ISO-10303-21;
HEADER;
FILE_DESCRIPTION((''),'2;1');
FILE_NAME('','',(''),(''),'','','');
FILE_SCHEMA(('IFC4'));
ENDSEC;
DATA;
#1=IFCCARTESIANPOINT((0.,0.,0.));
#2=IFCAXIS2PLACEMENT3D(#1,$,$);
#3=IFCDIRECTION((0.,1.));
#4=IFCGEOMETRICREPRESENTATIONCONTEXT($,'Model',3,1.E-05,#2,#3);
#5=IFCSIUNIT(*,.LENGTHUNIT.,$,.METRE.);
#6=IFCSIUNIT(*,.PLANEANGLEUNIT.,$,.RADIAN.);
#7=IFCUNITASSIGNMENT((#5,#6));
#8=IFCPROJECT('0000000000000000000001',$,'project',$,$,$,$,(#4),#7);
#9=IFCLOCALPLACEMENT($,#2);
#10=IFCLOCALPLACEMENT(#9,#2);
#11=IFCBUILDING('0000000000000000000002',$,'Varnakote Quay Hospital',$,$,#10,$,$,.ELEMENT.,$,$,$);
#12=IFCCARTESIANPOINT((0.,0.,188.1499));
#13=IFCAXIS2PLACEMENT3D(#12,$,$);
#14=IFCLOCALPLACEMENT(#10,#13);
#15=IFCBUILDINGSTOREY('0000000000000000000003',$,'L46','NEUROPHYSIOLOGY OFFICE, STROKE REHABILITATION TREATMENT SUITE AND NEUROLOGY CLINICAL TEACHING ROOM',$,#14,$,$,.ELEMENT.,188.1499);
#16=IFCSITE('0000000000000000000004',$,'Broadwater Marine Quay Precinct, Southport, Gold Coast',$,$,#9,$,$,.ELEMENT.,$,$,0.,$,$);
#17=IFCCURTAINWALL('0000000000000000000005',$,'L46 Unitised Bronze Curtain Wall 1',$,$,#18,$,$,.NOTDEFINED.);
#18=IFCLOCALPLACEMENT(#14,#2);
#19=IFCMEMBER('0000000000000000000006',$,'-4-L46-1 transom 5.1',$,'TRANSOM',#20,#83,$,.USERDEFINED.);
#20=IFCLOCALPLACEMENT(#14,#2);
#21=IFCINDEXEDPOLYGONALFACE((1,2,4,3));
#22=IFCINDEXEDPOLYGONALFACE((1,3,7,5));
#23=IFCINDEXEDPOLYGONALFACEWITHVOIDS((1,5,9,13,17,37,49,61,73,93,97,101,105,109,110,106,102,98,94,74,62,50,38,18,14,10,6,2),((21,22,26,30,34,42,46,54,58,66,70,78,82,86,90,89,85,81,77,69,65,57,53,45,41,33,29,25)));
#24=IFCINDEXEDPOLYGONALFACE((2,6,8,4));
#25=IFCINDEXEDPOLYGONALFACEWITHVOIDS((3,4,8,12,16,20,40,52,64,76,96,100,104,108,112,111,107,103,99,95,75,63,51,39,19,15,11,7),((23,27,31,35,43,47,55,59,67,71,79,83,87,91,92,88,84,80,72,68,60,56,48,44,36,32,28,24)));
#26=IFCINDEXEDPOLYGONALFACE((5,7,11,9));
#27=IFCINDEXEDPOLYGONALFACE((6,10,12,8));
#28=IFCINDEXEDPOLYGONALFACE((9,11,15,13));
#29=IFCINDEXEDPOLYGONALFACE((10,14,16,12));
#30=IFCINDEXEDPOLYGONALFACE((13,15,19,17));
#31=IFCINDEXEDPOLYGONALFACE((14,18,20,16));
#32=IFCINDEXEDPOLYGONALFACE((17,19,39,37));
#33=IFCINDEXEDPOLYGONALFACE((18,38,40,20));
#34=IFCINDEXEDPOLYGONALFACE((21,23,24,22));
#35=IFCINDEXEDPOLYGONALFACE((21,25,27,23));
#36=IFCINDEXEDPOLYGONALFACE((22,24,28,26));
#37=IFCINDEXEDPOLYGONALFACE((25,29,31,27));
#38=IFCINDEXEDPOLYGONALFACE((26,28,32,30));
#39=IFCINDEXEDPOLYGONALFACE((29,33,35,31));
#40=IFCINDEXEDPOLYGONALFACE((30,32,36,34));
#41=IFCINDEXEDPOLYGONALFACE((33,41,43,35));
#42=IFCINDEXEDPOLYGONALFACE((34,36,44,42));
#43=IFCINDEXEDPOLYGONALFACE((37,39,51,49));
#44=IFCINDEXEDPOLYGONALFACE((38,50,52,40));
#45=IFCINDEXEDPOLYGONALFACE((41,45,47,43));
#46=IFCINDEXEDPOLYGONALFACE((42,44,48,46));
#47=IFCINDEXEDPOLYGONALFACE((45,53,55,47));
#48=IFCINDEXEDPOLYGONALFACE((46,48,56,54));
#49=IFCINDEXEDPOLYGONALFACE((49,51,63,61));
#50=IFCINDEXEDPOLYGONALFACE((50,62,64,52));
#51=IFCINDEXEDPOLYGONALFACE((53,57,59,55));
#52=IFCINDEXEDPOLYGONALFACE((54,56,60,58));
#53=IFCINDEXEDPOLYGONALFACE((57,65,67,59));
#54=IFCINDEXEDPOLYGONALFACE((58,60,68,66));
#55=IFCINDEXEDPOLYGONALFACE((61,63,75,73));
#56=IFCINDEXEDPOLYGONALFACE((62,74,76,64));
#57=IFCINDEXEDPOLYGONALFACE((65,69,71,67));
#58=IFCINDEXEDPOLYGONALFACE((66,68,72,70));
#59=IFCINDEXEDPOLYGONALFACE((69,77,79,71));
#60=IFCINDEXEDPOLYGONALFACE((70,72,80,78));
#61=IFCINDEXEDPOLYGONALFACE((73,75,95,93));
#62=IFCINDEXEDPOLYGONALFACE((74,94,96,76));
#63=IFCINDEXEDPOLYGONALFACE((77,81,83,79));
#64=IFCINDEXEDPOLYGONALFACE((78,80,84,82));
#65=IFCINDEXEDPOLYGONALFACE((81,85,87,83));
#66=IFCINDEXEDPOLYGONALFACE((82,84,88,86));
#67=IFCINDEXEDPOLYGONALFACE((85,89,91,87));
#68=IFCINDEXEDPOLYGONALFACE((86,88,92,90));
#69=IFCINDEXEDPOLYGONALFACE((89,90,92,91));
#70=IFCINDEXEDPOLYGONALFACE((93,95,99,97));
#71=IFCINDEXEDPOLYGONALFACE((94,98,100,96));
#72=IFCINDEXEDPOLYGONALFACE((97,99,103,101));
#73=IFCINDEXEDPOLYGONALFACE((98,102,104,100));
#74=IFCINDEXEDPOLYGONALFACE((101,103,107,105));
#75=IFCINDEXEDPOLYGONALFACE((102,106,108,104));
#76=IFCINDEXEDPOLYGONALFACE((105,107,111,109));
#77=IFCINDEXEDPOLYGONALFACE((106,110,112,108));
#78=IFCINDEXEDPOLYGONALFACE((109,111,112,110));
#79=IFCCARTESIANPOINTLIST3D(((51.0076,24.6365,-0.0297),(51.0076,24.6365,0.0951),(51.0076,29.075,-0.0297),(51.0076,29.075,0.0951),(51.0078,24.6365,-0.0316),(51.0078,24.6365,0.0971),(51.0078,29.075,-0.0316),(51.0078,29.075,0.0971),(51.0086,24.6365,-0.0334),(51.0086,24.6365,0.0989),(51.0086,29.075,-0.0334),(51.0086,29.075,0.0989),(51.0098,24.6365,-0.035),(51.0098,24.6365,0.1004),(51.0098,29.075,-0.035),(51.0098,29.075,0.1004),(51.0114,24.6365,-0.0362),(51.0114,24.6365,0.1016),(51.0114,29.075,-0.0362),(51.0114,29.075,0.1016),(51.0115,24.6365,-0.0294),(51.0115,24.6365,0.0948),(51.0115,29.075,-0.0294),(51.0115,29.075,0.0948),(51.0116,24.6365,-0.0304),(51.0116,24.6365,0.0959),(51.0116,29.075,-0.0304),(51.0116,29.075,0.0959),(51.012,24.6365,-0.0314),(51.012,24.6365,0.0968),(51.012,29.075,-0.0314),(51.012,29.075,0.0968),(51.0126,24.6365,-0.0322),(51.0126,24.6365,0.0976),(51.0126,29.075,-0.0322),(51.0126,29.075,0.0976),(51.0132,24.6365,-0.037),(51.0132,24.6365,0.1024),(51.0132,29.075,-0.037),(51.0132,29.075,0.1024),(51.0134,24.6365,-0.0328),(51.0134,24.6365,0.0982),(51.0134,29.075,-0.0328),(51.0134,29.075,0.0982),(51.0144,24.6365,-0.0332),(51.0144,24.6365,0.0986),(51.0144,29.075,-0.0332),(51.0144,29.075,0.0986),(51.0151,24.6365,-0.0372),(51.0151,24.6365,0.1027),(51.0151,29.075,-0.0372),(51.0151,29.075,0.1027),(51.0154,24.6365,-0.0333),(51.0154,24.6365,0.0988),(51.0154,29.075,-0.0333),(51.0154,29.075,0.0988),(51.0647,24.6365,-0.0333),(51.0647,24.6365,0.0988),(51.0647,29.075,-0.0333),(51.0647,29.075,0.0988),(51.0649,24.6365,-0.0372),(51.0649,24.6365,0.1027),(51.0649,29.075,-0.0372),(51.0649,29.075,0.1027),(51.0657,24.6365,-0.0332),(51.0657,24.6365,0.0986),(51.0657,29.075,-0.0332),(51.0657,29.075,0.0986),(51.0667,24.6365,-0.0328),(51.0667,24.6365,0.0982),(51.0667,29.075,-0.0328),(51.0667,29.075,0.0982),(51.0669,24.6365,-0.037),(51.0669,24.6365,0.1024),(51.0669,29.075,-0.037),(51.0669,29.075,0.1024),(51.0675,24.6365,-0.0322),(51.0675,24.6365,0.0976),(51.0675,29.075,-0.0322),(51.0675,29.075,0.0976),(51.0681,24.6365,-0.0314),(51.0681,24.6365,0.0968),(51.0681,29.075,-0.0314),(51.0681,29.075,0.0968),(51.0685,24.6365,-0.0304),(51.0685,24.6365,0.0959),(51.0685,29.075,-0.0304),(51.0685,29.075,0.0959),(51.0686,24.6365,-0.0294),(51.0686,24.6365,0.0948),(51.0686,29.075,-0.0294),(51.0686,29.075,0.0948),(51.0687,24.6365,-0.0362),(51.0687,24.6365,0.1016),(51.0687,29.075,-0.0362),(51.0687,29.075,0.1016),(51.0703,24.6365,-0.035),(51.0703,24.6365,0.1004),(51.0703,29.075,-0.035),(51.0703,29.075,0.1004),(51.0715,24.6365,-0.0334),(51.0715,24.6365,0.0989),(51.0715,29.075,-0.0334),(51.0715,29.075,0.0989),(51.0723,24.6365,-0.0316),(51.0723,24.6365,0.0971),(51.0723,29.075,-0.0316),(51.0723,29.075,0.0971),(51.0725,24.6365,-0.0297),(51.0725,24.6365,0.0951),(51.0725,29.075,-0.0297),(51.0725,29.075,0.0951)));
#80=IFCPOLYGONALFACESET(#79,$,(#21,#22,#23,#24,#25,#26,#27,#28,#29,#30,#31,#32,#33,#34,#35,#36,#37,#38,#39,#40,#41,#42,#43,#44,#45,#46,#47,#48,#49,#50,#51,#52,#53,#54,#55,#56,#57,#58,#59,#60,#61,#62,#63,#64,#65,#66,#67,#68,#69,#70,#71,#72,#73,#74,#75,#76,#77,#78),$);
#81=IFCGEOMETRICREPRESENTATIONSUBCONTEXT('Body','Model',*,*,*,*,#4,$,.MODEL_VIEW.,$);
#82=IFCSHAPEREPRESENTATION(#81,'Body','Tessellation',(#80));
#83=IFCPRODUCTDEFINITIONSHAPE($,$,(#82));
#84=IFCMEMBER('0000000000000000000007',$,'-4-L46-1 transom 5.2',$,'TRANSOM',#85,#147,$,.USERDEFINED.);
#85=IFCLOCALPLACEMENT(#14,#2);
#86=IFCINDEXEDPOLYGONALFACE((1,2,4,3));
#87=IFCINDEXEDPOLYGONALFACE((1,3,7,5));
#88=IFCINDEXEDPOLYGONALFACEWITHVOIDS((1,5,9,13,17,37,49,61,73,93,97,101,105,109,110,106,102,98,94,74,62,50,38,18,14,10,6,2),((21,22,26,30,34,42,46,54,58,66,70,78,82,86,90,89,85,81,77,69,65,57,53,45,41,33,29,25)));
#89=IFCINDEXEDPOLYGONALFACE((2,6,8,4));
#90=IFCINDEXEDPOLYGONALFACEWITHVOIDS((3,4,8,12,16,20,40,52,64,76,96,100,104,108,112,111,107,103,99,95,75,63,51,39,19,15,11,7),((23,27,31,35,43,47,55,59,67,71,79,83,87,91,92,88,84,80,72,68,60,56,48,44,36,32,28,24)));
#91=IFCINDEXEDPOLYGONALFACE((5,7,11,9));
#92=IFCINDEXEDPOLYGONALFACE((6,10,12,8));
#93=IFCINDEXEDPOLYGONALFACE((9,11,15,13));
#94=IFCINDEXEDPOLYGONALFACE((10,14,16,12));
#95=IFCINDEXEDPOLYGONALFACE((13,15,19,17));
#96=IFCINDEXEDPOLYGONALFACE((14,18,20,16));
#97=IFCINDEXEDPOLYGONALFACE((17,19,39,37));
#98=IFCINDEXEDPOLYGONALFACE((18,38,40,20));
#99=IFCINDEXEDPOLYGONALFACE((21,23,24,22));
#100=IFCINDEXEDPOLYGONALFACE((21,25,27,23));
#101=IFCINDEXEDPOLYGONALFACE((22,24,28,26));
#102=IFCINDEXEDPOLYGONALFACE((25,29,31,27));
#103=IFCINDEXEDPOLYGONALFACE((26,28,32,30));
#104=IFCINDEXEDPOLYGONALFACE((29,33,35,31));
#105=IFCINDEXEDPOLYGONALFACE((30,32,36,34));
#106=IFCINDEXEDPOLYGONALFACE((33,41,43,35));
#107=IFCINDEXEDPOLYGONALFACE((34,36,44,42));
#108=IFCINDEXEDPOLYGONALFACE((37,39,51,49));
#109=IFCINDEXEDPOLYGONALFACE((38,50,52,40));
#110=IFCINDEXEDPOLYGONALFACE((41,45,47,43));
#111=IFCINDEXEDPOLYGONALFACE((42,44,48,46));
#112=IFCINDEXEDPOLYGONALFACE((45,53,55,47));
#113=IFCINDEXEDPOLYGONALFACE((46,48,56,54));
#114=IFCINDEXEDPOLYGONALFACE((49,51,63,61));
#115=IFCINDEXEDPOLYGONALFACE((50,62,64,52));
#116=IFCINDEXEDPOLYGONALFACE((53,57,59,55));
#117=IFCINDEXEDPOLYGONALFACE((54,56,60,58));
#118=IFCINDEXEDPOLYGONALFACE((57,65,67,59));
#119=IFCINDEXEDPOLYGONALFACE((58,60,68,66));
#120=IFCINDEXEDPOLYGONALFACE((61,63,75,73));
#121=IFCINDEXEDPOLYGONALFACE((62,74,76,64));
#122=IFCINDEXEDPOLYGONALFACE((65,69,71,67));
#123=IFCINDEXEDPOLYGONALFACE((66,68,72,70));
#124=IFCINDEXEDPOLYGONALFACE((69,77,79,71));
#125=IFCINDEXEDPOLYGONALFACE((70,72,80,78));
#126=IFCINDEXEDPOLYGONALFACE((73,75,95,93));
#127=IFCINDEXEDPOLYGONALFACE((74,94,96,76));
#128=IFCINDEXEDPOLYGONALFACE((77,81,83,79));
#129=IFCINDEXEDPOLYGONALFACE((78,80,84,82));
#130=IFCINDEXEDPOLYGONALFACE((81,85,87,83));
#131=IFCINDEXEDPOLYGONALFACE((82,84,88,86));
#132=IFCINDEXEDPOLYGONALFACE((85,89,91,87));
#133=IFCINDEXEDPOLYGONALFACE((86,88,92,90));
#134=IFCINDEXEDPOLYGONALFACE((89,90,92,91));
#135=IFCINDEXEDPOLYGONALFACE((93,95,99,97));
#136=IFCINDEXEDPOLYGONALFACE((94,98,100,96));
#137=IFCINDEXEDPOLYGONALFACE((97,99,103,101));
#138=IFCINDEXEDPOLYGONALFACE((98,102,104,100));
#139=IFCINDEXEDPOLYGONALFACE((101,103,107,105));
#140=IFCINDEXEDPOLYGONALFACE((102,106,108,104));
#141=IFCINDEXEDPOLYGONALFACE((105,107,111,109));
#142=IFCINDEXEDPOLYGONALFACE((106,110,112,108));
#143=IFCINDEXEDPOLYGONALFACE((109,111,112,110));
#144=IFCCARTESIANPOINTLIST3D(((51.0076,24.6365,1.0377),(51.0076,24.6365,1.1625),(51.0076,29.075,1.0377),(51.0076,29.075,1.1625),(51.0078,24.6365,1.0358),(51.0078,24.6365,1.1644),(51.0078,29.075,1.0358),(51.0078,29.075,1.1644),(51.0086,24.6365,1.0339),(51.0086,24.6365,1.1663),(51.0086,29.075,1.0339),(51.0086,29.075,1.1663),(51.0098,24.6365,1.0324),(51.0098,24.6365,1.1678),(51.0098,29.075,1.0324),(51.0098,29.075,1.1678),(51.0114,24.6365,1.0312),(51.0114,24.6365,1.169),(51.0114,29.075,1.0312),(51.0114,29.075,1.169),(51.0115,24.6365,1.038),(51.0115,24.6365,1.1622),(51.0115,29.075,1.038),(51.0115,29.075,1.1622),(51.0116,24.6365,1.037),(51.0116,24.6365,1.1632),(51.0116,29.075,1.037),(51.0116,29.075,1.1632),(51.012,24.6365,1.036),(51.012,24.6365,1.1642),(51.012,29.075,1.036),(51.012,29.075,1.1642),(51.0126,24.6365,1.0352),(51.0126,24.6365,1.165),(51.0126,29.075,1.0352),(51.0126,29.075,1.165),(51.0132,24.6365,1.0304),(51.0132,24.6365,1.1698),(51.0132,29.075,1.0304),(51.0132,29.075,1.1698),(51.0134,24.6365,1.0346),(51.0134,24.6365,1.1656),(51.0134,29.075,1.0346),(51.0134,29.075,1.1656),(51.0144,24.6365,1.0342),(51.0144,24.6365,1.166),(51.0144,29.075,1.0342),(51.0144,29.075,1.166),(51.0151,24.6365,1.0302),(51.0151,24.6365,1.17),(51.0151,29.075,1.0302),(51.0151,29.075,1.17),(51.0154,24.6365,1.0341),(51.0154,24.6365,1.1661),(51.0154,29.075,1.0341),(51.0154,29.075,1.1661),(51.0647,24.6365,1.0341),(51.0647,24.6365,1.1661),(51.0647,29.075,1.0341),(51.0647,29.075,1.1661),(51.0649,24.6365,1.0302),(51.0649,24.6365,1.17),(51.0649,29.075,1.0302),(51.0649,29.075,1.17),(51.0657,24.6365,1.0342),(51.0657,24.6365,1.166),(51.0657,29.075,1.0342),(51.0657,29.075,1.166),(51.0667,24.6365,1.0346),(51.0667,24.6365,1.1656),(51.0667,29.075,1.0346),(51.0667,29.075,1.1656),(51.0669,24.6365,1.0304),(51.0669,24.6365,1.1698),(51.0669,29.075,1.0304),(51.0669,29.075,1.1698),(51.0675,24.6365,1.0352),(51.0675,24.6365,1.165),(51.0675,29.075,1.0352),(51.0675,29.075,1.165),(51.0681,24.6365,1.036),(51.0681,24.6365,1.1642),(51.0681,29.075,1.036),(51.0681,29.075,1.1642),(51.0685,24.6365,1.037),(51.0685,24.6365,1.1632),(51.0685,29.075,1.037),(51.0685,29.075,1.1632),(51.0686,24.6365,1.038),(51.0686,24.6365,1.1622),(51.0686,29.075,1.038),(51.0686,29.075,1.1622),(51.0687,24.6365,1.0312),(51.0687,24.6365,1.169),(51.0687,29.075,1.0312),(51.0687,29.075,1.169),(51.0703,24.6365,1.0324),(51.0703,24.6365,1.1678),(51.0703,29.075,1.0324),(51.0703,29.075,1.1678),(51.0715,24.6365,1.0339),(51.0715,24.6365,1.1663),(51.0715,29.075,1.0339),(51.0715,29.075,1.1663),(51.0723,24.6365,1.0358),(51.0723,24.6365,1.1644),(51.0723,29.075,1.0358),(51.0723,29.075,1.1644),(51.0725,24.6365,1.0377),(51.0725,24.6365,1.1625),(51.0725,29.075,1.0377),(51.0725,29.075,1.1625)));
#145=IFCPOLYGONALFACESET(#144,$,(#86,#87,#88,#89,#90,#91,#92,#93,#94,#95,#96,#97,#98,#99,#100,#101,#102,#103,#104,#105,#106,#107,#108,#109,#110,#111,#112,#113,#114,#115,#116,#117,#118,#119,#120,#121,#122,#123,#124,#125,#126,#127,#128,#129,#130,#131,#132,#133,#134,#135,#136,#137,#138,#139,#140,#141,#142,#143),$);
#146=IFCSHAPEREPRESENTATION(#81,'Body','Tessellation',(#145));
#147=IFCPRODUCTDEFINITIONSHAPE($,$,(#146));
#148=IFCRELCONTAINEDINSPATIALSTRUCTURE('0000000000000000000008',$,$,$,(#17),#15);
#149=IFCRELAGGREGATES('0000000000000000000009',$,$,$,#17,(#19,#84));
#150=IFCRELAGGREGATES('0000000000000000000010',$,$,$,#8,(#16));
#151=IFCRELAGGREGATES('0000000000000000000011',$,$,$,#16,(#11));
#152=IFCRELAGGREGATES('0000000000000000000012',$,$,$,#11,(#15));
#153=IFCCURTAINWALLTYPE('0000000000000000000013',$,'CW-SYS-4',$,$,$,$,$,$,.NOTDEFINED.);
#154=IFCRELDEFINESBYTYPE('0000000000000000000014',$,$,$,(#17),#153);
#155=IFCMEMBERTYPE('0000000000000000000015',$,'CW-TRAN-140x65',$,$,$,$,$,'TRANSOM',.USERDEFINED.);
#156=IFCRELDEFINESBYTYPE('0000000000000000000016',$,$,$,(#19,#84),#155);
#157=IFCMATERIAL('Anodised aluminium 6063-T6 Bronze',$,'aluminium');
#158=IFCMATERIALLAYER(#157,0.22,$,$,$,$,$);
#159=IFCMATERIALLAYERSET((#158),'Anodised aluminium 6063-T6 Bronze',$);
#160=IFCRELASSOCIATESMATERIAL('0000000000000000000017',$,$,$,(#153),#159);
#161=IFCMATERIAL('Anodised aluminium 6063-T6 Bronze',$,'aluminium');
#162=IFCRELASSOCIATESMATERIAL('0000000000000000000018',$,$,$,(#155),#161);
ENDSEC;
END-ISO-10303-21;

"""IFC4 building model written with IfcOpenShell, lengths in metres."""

from ifc_helpers import new_model, si_unit, direction, frame, origin, origin_2d, place, context, subcontext, project, spatial, hollow_rectangle, extrude, material, layer, layer_set, material_profile, profile_set, type_object, element, aggregate, save


model = new_model("IFC4")

# Units and contexts
model_context = context("Model", 3, precision=1e-05, world=origin(), true_north=direction((0.0, 1.0)))
body_context = subcontext(model_context, "Body", "Model", "MODEL_VIEW")
ifc_project = project(units=[si_unit("LENGTHUNIT", "METRE"), si_unit("PLANEANGLEUNIT", "RADIAN")], contexts=[model_context])

# Site, building, storey
site_placement = place(None, origin())
site = spatial("IfcSite", under=ifc_project, at=site_placement, Name="Broadwater Marine Quay Precinct, Southport, Gold Coast", CompositionType="ELEMENT", RefElevation=0.0)
building_placement = place(site_placement, origin())
building = spatial("IfcBuilding", under=site, at=building_placement, Name="Varnakote Quay Hospital", CompositionType="ELEMENT")
storey_placement = place(building_placement, frame((0.0, 0.0, 188.1499)))
storey = spatial("IfcBuildingStorey", under=building, at=storey_placement, Name="L46", Description="NEUROPHYSIOLOGY OFFICE, STROKE REHABILITATION TREATMENT SUITE AND NEUROLOGY CLINICAL TEACHING ROOM", CompositionType="ELEMENT", Elevation=188.1499)

# Curtain wall, members
ifc_material_1 = material(Name="Anodised aluminium 6063-T6 Bronze", Category="aluminium")
ifc_layer_1 = layer(ifc_material_1, 0.22)
ifc_layer_set_1 = layer_set([ifc_layer_1], Name="Anodised aluminium 6063-T6 Bronze")
curtain_wall_type = type_object("IfcCurtainWallType", Name="CW-SYS-4", PredefinedType="NOTDEFINED", material=ifc_layer_set_1)
curtain_wall_placement = place(storey_placement, origin())
curtain_wall = element("IfcCurtainWall", 1, at=curtain_wall_placement, inside=storey, type_object=curtain_wall_type, Name="L46 Unitised Bronze Curtain Wall 1", PredefinedType="NOTDEFINED")
ifc_material_2 = material(Name="Anodised aluminium 6063-T6 Bronze", Category="aluminium")
ifc_material_profile_1 = material_profile(ifc_material_2, hollow_rectangle(XDim=0.0649, YDim=0.1399, WallThickness=0.0039, InnerFilletRadius=0.0039, OuterFilletRadius=0.0076, at=origin_2d()), Name="CW-TRAN-140x65")
ifc_profile_set_1 = profile_set([ifc_material_profile_1], Name="Anodised aluminium 6063-T6 Bronze")
member_type_1 = type_object("IfcMemberType", Name="CW-TRAN-140x65", ElementType="TRANSOM", PredefinedType="USERDEFINED", material=ifc_profile_set_1)
member_1_placement = place(storey_placement, frame((51.04, 24.6365, 0.0327), z_axis=(0.0, 1.0, 0.0), x_axis=(-1.0, 0.0, 0.0)))
member_1 = element("IfcMember", 2, at=member_1_placement, type_object=member_type_1, Name="-4-L46-1 transom 5.1", ObjectType="TRANSOM", PredefinedType="USERDEFINED", context=body_context, shape_type="SweptSolid", body=[
    extrude(hollow_rectangle(XDim=0.0649, YDim=0.1399, WallThickness=0.0039, InnerFilletRadius=0.0039, OuterFilletRadius=0.0076, at=origin_2d()), origin(), (0.0, 0.0, 1.0), 4.4385),
])
member_2_placement = place(storey_placement, frame((51.04, 24.6365, 1.1001), z_axis=(0.0, 1.0, 0.0), x_axis=(-1.0, 0.0, 0.0)))
member_2 = element("IfcMember", 3, at=member_2_placement, type_object=member_type_1, Name="-4-L46-1 transom 5.2", ObjectType="TRANSOM", PredefinedType="USERDEFINED", context=body_context, shape_type="SweptSolid", body=[
    extrude(hollow_rectangle(XDim=0.0649, YDim=0.1399, WallThickness=0.0039, InnerFilletRadius=0.0039, OuterFilletRadius=0.0076, at=origin_2d()), origin(), (0.0, 0.0, 1.0), 4.4385),
])
aggregate(curtain_wall, [member_1, member_2])

save(model, "model.ifc")
